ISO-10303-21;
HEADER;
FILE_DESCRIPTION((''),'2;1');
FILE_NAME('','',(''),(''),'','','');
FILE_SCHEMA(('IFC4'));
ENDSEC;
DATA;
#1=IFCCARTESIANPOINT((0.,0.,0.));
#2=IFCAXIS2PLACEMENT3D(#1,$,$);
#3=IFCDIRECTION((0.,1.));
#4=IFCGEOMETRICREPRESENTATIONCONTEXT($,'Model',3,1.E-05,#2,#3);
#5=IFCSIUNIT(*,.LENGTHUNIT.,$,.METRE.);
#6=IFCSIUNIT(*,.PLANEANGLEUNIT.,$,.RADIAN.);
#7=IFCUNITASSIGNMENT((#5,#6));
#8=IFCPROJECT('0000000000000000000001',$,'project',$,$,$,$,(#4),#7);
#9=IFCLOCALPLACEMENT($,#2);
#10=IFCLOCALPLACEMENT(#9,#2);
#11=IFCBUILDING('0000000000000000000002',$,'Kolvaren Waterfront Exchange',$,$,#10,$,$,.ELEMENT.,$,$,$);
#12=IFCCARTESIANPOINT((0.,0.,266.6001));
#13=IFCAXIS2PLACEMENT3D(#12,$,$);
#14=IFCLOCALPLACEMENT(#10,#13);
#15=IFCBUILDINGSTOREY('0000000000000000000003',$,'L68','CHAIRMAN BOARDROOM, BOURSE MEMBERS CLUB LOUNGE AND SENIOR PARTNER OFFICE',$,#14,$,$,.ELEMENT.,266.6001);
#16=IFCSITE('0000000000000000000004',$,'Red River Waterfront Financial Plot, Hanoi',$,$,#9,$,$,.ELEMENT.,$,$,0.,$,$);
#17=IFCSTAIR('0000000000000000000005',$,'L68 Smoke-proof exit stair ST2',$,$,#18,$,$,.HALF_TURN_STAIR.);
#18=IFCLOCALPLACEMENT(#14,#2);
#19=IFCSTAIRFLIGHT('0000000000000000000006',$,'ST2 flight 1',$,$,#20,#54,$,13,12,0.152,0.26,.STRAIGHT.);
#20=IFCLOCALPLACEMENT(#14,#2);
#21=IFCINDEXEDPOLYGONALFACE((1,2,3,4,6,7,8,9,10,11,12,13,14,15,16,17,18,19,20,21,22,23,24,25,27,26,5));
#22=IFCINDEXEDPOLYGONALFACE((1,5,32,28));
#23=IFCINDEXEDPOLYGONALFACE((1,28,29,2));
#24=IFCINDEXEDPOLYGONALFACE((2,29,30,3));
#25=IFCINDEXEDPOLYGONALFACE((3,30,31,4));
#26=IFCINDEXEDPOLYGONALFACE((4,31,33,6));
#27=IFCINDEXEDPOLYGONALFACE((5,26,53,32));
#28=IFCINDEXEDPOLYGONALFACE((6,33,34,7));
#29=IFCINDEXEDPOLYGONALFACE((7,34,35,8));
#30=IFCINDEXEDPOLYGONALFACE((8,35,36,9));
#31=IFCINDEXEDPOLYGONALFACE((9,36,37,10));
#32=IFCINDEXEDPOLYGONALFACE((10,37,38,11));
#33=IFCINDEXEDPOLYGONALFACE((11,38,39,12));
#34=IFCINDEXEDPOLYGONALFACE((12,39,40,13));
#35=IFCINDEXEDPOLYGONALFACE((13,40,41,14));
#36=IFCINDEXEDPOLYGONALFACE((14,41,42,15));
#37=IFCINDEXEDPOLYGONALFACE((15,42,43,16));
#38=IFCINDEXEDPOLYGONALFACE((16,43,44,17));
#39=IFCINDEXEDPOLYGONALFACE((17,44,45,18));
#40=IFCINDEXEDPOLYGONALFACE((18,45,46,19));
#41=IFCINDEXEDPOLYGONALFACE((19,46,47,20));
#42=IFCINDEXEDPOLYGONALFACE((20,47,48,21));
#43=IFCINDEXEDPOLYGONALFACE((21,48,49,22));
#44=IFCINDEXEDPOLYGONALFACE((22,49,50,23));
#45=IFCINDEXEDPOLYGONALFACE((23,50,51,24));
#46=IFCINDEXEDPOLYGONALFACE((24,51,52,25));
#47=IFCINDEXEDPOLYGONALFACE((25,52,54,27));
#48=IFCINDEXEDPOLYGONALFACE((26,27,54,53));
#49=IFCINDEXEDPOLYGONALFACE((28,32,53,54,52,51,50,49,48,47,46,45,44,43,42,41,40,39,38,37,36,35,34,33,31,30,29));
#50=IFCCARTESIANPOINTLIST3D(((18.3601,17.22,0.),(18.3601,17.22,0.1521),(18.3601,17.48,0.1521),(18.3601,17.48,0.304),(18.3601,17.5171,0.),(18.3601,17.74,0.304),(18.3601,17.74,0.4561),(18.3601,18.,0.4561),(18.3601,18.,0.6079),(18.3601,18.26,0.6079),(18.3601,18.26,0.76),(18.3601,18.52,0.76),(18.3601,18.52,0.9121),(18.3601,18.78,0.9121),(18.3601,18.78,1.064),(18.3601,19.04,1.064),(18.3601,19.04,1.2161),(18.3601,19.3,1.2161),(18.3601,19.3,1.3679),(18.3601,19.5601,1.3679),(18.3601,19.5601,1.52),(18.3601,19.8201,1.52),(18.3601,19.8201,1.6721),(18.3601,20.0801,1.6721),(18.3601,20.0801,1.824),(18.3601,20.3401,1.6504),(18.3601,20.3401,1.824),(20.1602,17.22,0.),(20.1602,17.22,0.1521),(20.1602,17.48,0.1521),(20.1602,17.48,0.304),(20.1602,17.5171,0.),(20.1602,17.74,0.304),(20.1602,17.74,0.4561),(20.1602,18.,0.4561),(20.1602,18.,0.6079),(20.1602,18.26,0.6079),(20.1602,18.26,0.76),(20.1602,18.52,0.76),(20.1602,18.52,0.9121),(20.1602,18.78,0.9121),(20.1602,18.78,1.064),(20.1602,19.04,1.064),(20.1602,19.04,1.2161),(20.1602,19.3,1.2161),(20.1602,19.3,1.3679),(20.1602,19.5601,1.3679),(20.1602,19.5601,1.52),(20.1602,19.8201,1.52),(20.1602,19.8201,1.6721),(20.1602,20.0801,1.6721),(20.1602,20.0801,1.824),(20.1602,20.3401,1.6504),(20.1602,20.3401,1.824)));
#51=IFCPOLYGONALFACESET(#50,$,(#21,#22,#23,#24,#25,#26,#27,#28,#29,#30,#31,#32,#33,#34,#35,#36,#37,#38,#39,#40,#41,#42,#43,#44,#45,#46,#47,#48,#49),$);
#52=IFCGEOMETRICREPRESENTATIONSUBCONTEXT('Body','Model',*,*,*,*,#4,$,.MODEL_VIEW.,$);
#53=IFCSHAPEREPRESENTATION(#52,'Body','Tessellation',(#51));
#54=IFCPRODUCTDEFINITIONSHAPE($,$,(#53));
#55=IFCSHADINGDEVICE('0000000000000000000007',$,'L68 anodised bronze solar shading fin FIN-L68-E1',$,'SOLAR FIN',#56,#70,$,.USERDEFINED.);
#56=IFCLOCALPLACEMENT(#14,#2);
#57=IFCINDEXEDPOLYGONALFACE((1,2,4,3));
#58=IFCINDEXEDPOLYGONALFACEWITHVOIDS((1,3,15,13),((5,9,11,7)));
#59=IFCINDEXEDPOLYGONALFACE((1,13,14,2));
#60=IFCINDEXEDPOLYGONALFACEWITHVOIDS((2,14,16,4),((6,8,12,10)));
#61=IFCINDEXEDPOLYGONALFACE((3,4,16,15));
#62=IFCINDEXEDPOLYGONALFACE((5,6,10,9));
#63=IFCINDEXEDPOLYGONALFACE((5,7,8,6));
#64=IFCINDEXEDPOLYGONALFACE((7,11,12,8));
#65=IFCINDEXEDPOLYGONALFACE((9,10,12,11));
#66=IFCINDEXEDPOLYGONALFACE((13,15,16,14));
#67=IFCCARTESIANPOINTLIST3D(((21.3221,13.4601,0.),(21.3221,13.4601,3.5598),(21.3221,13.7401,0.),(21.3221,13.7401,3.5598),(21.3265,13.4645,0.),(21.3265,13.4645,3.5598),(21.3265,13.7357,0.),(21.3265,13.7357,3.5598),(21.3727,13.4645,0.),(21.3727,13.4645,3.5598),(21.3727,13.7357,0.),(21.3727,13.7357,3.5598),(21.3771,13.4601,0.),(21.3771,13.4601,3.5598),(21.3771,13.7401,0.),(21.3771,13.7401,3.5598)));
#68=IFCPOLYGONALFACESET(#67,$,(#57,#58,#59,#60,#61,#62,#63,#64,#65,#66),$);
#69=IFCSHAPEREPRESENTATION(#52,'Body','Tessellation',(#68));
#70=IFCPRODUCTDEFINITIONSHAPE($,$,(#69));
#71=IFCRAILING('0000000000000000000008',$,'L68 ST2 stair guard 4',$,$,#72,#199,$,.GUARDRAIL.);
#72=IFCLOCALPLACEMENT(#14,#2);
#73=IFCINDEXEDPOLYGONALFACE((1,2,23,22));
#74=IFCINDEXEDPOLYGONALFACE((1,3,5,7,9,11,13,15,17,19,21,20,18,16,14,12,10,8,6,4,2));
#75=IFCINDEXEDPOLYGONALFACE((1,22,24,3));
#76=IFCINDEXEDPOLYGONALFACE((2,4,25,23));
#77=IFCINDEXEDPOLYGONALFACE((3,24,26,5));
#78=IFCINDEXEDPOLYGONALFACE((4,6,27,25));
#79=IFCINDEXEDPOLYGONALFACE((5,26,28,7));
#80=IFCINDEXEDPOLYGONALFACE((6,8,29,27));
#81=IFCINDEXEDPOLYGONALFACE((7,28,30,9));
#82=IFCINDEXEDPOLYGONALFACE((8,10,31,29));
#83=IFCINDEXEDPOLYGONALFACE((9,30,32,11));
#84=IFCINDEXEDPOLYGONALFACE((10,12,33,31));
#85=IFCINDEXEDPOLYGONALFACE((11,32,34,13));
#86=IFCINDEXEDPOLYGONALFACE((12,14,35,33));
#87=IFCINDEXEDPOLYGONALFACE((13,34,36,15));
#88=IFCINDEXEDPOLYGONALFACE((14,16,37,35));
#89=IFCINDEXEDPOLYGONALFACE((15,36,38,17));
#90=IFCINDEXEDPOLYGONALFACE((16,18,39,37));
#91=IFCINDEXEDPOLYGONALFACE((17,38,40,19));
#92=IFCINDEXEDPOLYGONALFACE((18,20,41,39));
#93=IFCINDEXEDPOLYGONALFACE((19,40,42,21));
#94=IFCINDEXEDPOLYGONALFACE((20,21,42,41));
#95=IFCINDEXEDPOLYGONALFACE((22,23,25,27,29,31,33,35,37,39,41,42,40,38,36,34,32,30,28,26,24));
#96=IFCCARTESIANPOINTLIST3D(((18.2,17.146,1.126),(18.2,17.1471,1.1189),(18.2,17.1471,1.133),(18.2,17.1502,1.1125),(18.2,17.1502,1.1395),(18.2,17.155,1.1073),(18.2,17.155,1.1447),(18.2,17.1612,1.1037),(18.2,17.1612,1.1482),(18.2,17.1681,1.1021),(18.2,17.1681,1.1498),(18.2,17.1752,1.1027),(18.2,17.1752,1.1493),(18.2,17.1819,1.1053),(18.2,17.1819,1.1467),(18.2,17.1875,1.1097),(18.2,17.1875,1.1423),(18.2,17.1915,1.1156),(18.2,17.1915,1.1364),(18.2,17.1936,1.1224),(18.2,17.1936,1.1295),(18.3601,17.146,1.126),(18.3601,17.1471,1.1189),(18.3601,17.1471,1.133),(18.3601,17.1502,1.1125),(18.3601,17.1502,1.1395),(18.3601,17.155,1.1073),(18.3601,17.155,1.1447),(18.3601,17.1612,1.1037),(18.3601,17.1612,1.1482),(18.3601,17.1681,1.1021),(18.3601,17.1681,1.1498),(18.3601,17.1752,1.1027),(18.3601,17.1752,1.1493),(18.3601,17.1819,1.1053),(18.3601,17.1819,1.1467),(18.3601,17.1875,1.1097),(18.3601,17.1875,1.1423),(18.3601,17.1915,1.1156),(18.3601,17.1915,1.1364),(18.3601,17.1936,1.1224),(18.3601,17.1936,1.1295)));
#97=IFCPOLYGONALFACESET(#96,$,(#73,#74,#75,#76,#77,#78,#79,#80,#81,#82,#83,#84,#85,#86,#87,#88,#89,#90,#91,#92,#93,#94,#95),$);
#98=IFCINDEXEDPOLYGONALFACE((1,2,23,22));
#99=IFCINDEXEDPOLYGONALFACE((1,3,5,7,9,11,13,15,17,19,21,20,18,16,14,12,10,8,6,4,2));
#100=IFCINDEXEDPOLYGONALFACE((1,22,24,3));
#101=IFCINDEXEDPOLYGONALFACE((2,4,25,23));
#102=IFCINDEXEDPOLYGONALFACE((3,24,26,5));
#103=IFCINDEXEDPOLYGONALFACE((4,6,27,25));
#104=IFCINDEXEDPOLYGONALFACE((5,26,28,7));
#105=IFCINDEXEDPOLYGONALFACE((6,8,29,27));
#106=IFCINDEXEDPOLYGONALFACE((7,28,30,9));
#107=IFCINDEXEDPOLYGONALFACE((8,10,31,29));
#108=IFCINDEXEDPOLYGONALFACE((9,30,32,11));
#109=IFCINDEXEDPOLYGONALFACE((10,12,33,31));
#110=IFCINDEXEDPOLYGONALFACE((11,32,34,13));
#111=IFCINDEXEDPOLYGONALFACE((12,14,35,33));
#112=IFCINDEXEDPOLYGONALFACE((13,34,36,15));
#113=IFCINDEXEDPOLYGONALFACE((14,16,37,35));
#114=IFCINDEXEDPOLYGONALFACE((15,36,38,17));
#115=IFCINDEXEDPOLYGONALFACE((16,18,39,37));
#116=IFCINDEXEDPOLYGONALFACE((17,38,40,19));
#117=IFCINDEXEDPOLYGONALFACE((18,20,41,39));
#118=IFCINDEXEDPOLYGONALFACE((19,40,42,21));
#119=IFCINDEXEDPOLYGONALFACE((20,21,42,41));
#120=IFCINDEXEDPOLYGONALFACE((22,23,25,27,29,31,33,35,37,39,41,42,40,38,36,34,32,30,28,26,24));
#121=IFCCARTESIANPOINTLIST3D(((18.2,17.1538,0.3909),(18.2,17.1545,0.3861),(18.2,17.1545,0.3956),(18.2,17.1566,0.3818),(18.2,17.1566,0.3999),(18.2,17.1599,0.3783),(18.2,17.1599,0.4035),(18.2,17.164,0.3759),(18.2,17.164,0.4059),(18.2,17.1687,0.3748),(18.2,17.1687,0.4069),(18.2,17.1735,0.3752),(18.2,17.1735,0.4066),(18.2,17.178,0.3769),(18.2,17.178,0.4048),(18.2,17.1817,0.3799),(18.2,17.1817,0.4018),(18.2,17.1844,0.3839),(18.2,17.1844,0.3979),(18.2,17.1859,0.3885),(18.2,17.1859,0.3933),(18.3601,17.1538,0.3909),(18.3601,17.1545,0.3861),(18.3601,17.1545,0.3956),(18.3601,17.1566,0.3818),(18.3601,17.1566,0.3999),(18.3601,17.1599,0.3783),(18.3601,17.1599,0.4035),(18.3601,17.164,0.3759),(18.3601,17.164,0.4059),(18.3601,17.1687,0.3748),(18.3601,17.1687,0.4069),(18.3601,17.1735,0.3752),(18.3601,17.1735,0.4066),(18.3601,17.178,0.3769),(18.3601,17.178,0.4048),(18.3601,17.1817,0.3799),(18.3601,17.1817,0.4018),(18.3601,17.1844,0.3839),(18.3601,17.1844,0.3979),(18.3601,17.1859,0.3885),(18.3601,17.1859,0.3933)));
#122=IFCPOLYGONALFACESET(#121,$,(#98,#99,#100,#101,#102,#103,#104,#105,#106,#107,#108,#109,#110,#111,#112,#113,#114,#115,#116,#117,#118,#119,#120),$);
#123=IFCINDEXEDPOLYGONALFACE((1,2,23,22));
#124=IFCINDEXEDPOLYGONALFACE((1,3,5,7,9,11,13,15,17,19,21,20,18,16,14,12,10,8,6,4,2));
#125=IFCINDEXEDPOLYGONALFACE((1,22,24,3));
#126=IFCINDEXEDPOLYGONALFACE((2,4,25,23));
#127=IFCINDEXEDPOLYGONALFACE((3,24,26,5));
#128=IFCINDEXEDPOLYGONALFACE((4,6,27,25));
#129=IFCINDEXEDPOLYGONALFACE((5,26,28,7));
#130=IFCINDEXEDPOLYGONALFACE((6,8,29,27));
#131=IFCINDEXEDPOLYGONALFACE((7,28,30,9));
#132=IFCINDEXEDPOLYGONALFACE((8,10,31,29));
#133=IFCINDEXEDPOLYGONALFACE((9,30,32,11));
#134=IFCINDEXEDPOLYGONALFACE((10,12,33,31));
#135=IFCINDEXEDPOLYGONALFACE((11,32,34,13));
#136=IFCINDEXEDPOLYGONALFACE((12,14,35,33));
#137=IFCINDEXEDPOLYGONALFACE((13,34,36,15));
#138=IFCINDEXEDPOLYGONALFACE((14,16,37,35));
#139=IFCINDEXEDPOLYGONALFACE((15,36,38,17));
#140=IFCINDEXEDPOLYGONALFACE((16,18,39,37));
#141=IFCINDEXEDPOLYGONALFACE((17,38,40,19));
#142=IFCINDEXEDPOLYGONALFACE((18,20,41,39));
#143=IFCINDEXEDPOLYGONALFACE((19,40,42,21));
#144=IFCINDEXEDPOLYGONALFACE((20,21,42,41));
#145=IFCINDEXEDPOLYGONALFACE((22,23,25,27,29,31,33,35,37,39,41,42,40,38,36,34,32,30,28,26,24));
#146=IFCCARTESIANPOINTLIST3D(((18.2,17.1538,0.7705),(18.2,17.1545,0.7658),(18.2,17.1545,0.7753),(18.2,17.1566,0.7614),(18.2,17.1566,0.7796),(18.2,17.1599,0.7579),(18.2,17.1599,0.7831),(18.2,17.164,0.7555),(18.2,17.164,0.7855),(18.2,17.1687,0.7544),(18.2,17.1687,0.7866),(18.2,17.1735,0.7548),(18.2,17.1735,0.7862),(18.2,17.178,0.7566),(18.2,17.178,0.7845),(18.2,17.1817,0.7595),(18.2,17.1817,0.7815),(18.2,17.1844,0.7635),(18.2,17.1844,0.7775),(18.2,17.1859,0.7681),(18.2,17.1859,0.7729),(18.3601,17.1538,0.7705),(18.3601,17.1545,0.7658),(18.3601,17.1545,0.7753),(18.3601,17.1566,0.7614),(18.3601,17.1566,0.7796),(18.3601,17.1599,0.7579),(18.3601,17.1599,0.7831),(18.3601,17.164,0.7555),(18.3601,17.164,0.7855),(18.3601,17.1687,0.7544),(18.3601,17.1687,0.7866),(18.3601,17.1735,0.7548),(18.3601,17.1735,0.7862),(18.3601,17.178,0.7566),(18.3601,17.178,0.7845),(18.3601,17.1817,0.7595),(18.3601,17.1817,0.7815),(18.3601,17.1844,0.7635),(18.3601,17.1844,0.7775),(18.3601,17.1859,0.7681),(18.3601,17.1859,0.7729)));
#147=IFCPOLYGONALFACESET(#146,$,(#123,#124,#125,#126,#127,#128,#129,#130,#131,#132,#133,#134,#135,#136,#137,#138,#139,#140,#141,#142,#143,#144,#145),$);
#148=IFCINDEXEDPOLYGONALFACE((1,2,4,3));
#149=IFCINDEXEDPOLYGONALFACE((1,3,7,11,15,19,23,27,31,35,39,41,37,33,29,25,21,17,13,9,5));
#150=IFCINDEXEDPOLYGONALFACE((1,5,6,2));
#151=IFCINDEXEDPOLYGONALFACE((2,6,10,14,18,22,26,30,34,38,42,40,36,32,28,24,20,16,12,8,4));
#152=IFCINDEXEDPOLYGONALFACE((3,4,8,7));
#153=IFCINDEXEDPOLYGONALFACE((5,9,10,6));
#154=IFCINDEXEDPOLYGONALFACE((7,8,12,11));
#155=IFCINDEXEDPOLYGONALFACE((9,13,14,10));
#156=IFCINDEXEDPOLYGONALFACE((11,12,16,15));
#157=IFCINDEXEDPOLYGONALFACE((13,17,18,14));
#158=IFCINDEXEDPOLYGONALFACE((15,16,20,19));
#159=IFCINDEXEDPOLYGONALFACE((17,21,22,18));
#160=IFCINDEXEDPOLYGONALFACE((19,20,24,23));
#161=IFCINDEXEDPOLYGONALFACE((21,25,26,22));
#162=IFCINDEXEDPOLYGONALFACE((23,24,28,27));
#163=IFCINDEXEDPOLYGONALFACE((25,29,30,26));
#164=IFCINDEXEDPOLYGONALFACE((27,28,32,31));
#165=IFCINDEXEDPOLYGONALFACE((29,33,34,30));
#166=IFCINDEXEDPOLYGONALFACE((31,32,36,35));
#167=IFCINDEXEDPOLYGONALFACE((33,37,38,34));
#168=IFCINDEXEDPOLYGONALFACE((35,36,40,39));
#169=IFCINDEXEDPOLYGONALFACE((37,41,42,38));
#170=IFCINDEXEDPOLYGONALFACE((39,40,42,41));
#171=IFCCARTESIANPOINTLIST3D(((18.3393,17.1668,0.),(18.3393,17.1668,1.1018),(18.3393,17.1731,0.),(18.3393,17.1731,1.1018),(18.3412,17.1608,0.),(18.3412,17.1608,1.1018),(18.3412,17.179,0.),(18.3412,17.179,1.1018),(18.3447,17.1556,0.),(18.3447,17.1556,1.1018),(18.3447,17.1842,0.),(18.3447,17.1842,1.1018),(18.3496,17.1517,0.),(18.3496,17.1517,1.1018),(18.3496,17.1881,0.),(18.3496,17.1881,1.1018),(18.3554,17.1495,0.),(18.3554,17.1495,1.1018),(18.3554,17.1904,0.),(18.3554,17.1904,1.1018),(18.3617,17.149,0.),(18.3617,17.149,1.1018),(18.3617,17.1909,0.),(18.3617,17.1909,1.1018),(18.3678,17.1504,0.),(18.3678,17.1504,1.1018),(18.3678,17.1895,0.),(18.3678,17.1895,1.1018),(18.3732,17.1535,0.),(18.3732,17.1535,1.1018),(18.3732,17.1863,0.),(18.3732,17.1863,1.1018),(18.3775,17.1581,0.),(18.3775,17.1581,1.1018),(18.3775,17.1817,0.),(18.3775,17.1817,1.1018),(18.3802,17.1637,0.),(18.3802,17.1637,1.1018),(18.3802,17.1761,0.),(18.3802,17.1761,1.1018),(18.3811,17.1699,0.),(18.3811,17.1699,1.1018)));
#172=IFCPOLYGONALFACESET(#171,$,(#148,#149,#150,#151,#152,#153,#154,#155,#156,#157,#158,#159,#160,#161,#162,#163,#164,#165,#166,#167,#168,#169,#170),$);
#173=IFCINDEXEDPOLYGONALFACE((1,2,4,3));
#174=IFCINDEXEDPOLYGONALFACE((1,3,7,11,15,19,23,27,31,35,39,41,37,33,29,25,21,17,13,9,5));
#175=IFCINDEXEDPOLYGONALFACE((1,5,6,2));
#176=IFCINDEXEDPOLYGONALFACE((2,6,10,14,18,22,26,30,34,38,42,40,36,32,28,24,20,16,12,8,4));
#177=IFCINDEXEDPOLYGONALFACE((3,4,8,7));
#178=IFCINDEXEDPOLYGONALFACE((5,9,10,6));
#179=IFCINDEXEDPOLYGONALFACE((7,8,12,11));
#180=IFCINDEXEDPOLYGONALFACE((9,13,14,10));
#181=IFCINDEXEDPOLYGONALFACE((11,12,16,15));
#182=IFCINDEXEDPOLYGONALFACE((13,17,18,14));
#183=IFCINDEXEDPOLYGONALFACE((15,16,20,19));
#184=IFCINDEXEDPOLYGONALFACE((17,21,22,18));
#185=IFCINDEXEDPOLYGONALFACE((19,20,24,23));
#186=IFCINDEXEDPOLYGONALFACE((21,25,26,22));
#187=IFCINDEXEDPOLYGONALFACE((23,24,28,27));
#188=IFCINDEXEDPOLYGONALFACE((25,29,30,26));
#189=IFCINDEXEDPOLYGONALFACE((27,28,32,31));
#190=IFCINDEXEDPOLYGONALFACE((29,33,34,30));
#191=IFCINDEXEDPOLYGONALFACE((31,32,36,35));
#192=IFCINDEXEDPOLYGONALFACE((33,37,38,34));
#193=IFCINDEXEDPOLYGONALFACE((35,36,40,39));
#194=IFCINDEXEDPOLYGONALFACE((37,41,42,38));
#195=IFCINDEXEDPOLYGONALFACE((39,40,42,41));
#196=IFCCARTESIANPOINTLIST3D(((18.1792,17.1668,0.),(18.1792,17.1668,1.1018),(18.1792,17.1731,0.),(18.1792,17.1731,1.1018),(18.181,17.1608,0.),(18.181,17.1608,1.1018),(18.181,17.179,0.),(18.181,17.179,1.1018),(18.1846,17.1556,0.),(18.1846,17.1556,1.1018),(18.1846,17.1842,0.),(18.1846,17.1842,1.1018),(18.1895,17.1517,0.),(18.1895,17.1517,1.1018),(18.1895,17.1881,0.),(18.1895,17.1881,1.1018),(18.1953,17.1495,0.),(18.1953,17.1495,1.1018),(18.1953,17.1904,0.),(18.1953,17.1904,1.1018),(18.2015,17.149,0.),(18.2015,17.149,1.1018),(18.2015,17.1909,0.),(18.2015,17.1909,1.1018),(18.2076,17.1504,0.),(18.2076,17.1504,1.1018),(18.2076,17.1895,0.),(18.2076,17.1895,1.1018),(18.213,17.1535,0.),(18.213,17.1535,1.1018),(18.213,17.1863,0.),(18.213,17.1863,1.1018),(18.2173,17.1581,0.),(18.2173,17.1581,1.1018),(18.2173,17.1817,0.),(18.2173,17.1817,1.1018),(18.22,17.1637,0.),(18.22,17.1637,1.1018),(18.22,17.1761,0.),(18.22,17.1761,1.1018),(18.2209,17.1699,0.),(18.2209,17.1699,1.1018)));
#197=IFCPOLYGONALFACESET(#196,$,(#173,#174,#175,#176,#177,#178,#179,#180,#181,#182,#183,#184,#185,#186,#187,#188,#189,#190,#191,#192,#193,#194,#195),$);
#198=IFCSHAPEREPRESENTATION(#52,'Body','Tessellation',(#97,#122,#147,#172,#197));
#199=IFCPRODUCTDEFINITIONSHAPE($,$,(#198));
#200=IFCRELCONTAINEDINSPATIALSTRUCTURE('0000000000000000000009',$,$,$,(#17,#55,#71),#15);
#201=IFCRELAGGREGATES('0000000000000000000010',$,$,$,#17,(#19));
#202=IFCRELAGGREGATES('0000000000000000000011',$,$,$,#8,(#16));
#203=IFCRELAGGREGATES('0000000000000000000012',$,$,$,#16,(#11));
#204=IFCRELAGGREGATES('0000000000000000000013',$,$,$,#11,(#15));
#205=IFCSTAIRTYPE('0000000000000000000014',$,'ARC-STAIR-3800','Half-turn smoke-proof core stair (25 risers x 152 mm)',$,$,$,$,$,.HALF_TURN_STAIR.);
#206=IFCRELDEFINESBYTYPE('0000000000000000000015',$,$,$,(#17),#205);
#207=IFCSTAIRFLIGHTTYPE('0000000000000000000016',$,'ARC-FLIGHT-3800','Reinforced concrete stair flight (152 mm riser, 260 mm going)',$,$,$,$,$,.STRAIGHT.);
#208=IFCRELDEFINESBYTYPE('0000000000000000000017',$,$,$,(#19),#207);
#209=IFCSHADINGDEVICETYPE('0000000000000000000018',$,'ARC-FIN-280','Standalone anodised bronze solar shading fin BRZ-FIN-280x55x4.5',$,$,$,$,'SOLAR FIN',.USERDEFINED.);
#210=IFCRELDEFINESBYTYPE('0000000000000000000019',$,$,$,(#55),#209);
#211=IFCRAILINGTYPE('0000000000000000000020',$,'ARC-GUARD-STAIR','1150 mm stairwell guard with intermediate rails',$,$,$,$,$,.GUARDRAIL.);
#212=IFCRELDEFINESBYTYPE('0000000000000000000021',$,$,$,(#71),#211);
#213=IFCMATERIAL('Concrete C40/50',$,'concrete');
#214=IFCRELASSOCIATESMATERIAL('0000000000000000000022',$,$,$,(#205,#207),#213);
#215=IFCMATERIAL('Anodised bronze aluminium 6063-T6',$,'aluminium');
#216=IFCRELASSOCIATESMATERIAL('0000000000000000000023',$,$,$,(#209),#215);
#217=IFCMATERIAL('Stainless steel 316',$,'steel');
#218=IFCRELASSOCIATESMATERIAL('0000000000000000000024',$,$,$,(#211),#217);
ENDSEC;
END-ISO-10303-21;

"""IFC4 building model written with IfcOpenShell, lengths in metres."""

from ifc_helpers import new_model, si_unit, direction, frame, origin, origin_2d, place, context, subcontext, project, spatial, polyline, hollow_rectangle, circle, outline, extrude, material, material_profile, profile_set, type_object, element, aggregate, save


model = new_model("IFC4")

# Units and contexts
model_context = context("Model", 3, precision=1e-05, world=origin(), true_north=direction((0.0, 1.0)))
body_context = subcontext(model_context, "Body", "Model", "MODEL_VIEW")
ifc_project = project(units=[si_unit("LENGTHUNIT", "METRE"), si_unit("PLANEANGLEUNIT", "RADIAN")], contexts=[model_context])

# Site, building, storey
site_placement = place(None, origin())
site = spatial("IfcSite", under=ifc_project, at=site_placement, Name="Red River Waterfront Financial Plot, Hanoi", CompositionType="ELEMENT", RefElevation=0.0)
building_placement = place(site_placement, origin())
building = spatial("IfcBuilding", under=site, at=building_placement, Name="Kolvaren Waterfront Exchange", CompositionType="ELEMENT")
storey_placement = place(building_placement, frame((0.0, 0.0, 266.6001)))
storey = spatial("IfcBuildingStorey", under=building, at=storey_placement, Name="L68", Description="CHAIRMAN BOARDROOM, BOURSE MEMBERS CLUB LOUNGE AND SENIOR PARTNER OFFICE", CompositionType="ELEMENT", Elevation=266.6001)

# Shared definitions
ifc_material_1 = material(Name="Concrete C40/50", Category="concrete")

# Stair, stair flight
stair_type = type_object("IfcStairType", Name="ARC-STAIR-3800", Description="Half-turn smoke-proof core stair (25 risers x 152 mm)", PredefinedType="HALF_TURN_STAIR", material=ifc_material_1)
stair_placement = place(storey_placement, origin())
stair = element("IfcStair", 1, at=stair_placement, inside=storey, type_object=stair_type, Name="L68 Smoke-proof exit stair ST2", PredefinedType="HALF_TURN_STAIR")
stair_flight_type = type_object("IfcStairFlightType", Name="ARC-FLIGHT-3800", Description="Reinforced concrete stair flight (152 mm riser, 260 mm going)", PredefinedType="STRAIGHT", material=ifc_material_1)
stair_flight_placement = place(storey_placement, frame((19.26, 17.22, 0.0), z_axis=(0.0, 0.0, 1.0), x_axis=(0.0, 1.0, 0.0)))
stair_flight = element("IfcStairFlight", 2, at=stair_flight_placement, type_object=stair_flight_type, Name="ST2 flight 1", NumberOfRisers=13, NumberOfTreads=12, PredefinedType="STRAIGHT", RiserHeight=0.152, TreadLength=0.26, context=body_context, shape_type="SweptSolid", body=[
    extrude(outline(polyline([(0.0, 0.0), (0.0, 0.1521), (0.26, 0.1521), (0.26, 0.304), (0.52, 0.304), (0.52, 0.4561), (0.78, 0.4561), (0.78, 0.6079), (1.04, 0.6079), (1.04, 0.76), (1.3, 0.76), (1.3, 0.9121), (1.5601, 0.9121), (1.5601, 1.064), (1.8201, 1.064), (1.8201, 1.2161), (2.0801, 1.2161), (2.0801, 1.3679), (2.3401, 1.3679), (2.3401, 1.52), (2.6001, 1.52), (2.6001, 1.6721), (2.8601, 1.6721), (2.8601, 1.824), (3.1201, 1.824), (3.1201, 1.9761), (3.1201, 1.6504), (0.2971, 0.0), (0.0, 0.0)])), frame((0.0, 0.8999, 0.0), z_axis=(0.0, -1.0, 0.0), x_axis=(1.0, 0.0, 0.0)), (0.0, 0.0, 1.0), 1.8),
])
aggregate(stair, [stair_flight])

# Shading device
ifc_material_2 = material(Name="Anodised bronze aluminium 6063-T6", Category="aluminium")
ifc_material_profile_1 = material_profile(ifc_material_2, hollow_rectangle(XDim=0.0549, YDim=0.28, WallThickness=0.0044, at=origin_2d()), Name="BRZ-FIN-280x55x4.5")
ifc_profile_set_1 = profile_set([ifc_material_profile_1], Name="Anodised bronze aluminium 6063-T6")
shading_device_type = type_object("IfcShadingDeviceType", Name="ARC-FIN-280", Description="Standalone anodised bronze solar shading fin BRZ-FIN-280x55x4.5", ElementType="SOLAR FIN", PredefinedType="USERDEFINED", material=ifc_profile_set_1)
shading_device_placement = place(storey_placement, frame((21.3496, 13.6001, 0.0), z_axis=(0.0, 0.0, 1.0), x_axis=(1.0, 0.0, 0.0)))
element("IfcShadingDevice", 3, at=shading_device_placement, inside=storey, type_object=shading_device_type, Name="L68 anodised bronze solar shading fin FIN-L68-E1", ObjectType="SOLAR FIN", PredefinedType="USERDEFINED", context=body_context, shape_type="SweptSolid", body=[
    extrude(hollow_rectangle(XDim=0.0549, YDim=0.28, WallThickness=0.0044, at=origin_2d()), origin(), (0.0, 0.0, 1.0), 3.5598),
])

# Railing
ifc_material_3 = material(Name="Stainless steel 316", Category="steel")
railing_type_1 = type_object("IfcRailingType", Name="ARC-GUARD-STAIR", Description="1150 mm stairwell guard with intermediate rails", PredefinedType="GUARDRAIL", material=ifc_material_3)
railing_1_placement = place(storey_placement, frame((18.3601, 17.1699, 0.0)))
element("IfcRailing", 4, at=railing_1_placement, inside=storey, type_object=railing_type_1, Name="L68 ST2 stair guard 4", PredefinedType="GUARDRAIL", context=body_context, shape_type="SweptSolid", body=[
    extrude(circle(Radius=0.0239, at=origin_2d()), frame((0.0, 0.0, 1.126), z_axis=(-1.0, 0.0, 0.0), x_axis=(0.0, -1.0, 0.0)), (0.0, 0.0, 1.0), 0.1602),
    extrude(circle(Radius=0.0161, at=origin_2d()), frame((0.0, 0.0, 0.3909), z_axis=(-1.0, 0.0, 0.0), x_axis=(0.0, -1.0, 0.0)), (0.0, 0.0, 1.0), 0.1602),
    extrude(circle(Radius=0.0161, at=origin_2d()), frame((0.0, 0.0, 0.7705), z_axis=(-1.0, 0.0, 0.0), x_axis=(0.0, -1.0, 0.0)), (0.0, 0.0, 1.0), 0.1602),
    extrude(circle(Radius=0.021, at=origin_2d()), origin(), (0.0, 0.0, 1.0), 1.1018),
    extrude(circle(Radius=0.021, at=origin_2d()), frame((-0.1602, 0.0, 0.0)), (0.0, 0.0, 1.0), 1.1018),
])

save(model, "model.ifc")
